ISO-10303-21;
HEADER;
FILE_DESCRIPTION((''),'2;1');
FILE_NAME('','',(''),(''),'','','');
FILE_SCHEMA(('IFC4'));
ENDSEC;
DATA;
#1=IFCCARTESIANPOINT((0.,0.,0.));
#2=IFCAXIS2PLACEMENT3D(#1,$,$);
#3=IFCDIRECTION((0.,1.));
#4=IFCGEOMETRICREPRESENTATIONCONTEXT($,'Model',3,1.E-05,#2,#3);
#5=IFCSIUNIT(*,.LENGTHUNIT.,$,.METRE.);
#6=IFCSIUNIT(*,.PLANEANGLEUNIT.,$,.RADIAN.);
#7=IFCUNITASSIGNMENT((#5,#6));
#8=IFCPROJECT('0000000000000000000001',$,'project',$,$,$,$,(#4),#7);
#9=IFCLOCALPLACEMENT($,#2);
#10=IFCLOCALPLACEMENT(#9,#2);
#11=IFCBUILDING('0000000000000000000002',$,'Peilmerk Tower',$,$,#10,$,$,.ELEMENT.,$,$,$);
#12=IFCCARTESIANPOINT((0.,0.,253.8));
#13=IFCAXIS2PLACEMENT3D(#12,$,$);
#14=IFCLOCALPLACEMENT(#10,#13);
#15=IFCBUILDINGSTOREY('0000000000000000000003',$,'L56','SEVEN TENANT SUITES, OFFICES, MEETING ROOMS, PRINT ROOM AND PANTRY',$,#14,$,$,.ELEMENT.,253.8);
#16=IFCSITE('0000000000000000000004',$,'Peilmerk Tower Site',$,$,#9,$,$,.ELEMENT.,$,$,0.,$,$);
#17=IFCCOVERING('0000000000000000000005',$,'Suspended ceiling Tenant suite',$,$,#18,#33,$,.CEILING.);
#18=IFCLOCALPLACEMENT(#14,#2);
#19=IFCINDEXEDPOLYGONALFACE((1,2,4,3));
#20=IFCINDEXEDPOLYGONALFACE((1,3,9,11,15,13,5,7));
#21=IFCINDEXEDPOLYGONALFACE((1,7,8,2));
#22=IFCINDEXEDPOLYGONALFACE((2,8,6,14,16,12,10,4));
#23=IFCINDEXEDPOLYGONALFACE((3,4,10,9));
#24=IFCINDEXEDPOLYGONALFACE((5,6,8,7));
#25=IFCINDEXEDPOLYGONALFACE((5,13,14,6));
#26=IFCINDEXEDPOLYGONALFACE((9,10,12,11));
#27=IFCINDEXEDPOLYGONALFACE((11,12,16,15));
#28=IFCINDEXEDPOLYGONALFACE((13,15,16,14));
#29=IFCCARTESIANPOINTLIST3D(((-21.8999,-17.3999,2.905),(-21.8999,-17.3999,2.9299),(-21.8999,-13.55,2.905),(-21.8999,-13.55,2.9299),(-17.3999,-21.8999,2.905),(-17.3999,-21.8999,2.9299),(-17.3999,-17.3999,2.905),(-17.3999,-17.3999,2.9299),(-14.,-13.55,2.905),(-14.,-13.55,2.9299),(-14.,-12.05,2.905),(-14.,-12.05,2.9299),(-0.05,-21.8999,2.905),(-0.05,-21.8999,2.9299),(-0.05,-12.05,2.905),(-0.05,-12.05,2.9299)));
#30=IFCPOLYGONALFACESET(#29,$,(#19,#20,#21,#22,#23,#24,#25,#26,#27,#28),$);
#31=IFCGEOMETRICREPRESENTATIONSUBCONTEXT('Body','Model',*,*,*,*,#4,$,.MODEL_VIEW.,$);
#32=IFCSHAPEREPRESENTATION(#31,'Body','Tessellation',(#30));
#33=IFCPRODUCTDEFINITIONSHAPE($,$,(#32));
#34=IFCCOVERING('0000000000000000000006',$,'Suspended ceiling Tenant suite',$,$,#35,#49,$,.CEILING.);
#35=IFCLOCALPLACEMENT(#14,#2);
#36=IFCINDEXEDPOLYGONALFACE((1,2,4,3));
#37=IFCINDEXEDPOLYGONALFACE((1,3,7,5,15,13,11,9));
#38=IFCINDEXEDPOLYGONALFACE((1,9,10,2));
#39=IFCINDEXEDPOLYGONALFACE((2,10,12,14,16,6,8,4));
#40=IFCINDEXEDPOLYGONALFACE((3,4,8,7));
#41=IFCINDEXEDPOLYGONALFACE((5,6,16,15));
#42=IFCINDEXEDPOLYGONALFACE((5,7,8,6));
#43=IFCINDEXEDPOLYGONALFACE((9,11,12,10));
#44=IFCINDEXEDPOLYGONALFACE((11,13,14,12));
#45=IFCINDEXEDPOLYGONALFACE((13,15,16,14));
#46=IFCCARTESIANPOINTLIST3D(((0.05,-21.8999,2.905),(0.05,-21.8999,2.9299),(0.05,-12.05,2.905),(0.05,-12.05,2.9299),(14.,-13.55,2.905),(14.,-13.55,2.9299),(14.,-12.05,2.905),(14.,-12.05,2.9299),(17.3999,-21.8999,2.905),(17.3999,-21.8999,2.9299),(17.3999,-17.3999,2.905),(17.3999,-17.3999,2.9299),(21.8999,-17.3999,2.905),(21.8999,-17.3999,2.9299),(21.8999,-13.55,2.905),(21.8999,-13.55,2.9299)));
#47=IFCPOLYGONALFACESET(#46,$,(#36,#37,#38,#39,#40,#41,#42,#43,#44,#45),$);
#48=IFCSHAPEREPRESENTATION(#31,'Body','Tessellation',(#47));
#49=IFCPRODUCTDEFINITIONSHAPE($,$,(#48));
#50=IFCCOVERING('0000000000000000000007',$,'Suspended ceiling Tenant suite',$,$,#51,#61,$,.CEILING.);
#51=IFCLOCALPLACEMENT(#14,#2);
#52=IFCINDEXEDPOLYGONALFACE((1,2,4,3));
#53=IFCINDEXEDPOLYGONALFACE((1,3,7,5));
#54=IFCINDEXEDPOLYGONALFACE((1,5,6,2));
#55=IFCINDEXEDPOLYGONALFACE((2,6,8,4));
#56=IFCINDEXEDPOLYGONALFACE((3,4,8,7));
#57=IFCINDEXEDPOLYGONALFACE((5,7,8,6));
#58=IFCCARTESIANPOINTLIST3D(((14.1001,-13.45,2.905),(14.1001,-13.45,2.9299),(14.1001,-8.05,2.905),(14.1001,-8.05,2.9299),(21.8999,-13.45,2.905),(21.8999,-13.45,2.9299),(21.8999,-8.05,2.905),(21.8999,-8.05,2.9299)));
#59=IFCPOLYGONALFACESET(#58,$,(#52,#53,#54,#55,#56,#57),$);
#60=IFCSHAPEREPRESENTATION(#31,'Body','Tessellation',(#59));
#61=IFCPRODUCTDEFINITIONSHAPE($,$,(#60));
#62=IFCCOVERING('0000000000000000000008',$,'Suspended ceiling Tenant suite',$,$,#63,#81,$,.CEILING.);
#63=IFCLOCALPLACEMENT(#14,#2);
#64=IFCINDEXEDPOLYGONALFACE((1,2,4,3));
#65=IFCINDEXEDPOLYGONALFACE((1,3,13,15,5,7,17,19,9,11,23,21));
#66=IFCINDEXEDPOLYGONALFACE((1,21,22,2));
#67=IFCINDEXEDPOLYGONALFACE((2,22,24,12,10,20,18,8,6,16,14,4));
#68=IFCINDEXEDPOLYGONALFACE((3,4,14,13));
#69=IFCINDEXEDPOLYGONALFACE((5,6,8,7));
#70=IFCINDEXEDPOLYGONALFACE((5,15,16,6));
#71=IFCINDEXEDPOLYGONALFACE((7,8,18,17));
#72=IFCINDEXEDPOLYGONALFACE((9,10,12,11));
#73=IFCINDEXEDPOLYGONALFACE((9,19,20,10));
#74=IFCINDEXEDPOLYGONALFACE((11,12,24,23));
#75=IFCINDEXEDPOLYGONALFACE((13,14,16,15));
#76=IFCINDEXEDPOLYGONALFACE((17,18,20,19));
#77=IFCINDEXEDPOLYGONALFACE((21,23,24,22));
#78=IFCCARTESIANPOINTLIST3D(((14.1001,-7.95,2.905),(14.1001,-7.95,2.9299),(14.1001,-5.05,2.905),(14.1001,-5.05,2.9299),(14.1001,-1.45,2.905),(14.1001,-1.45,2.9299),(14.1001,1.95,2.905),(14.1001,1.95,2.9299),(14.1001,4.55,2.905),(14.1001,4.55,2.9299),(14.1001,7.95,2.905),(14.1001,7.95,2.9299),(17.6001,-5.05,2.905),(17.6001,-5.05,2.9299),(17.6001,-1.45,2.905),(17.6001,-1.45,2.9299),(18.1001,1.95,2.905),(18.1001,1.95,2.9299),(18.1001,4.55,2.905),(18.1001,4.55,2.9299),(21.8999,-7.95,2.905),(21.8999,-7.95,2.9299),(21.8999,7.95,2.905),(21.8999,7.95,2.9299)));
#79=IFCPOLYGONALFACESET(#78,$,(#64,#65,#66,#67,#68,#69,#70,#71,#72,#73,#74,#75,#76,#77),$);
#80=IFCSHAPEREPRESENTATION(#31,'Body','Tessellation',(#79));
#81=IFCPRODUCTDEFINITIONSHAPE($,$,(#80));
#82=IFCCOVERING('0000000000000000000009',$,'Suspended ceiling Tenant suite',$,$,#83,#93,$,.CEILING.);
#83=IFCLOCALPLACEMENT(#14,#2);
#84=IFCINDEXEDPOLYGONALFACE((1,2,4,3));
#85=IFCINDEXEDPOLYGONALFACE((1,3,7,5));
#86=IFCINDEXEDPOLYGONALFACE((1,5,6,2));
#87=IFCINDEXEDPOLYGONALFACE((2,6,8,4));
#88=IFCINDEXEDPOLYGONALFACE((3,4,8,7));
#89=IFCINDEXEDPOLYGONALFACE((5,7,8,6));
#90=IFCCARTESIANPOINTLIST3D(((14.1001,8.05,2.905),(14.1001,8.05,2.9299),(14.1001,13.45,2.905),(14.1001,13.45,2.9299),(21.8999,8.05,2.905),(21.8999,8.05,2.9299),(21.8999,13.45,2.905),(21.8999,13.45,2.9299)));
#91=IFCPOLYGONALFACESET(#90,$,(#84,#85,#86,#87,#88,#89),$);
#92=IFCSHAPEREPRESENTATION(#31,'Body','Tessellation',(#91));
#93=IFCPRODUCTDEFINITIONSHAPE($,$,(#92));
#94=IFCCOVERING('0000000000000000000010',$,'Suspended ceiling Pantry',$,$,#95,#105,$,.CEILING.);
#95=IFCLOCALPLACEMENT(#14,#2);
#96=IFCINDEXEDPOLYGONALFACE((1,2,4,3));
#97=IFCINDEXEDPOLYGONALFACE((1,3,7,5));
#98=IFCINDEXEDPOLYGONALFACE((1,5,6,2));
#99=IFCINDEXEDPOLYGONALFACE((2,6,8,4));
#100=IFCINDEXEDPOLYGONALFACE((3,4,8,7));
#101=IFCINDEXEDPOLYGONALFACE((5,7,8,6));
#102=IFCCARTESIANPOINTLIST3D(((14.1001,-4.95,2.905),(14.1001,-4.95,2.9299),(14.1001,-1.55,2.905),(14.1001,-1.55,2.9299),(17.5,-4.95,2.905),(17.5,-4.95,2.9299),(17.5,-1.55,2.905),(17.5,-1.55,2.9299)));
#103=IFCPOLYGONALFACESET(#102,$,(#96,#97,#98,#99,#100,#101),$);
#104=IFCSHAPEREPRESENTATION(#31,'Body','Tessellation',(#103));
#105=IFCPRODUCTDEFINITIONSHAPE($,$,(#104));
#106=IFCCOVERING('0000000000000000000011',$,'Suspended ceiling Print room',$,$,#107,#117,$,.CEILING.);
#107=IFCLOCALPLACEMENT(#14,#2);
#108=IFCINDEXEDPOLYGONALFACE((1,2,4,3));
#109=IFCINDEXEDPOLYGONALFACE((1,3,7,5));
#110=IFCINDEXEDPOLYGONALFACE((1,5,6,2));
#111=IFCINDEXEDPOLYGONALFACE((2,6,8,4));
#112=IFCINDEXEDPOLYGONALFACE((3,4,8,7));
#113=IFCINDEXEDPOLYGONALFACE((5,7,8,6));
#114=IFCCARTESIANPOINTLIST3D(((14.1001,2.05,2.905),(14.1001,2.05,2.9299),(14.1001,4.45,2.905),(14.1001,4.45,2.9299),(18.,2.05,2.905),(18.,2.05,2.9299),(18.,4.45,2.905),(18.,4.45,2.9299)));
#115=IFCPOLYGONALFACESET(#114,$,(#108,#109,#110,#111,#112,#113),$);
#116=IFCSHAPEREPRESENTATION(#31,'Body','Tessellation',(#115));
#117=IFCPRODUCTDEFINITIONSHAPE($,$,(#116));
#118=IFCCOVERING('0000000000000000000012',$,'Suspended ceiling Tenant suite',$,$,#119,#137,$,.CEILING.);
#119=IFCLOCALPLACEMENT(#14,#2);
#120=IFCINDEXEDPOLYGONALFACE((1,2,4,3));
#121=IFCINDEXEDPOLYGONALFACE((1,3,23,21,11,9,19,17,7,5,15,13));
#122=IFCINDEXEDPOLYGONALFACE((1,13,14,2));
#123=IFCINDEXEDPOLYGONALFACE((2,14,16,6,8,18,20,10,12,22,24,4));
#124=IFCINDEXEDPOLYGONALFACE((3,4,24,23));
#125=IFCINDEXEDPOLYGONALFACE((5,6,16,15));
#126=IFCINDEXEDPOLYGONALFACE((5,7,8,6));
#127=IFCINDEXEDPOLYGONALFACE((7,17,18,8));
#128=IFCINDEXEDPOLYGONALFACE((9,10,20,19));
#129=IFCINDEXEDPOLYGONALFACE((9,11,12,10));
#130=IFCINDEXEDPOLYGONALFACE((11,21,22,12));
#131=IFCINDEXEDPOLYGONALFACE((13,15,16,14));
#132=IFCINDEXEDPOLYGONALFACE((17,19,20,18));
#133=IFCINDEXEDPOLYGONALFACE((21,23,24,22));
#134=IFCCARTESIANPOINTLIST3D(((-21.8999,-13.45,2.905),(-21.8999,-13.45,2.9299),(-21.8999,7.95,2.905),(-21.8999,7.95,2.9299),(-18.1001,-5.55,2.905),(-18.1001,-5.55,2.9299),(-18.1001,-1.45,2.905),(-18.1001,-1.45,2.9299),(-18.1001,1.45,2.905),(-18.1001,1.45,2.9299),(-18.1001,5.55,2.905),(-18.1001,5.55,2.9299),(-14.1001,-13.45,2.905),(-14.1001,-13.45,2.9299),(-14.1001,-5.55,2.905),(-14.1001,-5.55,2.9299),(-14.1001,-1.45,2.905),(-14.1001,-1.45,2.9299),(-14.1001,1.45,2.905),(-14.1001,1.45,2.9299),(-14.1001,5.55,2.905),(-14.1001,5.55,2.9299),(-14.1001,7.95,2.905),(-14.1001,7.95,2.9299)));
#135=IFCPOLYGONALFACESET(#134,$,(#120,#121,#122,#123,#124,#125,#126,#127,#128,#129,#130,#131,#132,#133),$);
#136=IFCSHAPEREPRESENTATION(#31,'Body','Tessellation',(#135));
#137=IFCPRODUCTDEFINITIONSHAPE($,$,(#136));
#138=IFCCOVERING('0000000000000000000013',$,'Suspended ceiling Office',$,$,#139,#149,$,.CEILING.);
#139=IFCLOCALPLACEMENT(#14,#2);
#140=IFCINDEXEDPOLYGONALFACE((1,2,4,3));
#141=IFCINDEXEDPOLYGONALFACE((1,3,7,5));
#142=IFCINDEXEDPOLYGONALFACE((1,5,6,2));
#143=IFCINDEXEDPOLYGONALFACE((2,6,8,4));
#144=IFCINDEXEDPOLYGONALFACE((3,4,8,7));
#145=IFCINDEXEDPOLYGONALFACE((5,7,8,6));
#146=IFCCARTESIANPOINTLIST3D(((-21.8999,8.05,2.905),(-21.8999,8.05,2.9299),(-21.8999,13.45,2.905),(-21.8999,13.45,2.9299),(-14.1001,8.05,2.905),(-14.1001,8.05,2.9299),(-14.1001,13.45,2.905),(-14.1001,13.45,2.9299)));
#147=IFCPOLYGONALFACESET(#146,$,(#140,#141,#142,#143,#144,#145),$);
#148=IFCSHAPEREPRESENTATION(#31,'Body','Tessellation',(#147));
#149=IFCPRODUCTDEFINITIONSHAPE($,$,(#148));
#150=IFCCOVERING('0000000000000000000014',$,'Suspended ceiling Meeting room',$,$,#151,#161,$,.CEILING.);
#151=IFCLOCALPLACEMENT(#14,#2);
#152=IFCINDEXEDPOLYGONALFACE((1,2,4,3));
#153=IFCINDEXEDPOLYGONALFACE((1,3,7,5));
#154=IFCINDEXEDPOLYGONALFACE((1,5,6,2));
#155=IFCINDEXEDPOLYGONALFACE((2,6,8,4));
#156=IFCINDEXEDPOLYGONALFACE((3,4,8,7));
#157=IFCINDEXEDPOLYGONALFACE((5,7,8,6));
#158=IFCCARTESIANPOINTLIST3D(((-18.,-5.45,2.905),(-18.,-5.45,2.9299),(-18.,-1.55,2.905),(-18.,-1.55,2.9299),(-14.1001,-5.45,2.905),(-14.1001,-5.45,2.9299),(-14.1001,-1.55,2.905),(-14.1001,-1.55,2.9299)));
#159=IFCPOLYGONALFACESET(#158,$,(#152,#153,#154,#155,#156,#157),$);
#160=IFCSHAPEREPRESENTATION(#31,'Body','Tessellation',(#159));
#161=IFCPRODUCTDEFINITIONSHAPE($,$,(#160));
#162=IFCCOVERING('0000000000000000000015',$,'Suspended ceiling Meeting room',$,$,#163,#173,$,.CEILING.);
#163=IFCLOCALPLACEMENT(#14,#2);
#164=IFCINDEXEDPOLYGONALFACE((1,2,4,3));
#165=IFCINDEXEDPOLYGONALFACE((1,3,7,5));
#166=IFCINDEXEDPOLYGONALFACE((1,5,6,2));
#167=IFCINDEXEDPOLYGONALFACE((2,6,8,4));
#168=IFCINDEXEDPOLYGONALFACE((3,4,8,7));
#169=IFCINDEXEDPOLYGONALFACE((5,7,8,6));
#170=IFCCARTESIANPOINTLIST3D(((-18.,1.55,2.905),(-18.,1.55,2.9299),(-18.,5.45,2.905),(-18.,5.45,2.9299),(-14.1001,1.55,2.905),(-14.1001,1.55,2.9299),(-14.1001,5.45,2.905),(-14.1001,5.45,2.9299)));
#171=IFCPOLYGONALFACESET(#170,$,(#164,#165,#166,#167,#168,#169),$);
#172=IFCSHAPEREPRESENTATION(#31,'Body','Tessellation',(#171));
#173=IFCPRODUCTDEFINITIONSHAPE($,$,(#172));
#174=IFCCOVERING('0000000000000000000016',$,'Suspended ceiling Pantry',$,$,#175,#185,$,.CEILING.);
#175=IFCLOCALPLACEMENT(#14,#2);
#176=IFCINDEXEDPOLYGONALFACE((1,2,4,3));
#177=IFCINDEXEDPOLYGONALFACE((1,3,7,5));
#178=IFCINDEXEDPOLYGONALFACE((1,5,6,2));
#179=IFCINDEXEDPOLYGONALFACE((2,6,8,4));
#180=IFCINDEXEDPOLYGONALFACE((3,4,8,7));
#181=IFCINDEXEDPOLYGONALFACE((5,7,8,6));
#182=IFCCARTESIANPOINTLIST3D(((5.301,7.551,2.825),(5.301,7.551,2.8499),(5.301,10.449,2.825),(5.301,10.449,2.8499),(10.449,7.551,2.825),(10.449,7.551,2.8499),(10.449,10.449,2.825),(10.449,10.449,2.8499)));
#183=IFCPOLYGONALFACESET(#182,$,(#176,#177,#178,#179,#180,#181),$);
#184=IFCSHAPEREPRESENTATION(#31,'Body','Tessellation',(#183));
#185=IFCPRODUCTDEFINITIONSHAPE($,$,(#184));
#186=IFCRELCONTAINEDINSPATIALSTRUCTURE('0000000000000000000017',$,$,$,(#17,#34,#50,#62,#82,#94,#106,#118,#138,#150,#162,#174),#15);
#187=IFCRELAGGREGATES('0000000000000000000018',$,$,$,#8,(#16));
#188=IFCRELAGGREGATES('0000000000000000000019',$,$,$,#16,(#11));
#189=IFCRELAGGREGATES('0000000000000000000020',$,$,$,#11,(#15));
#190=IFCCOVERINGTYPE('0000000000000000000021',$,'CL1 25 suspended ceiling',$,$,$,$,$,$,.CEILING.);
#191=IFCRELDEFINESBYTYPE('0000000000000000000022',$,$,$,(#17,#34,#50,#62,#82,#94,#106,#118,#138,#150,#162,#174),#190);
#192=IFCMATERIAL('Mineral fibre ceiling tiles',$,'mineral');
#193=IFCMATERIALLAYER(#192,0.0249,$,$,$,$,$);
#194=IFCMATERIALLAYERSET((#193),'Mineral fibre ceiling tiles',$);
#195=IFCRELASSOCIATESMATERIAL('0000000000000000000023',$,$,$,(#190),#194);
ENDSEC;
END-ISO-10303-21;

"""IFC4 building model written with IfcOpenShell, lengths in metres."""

from ifc_helpers import new_model, si_unit, direction, frame, origin, place, context, subcontext, project, spatial, polyline, outline, extrude, material, layer, layer_set, type_object, element, save


model = new_model("IFC4")

# Units and contexts
model_context = context("Model", 3, precision=1e-05, world=origin(), true_north=direction((0.0, 1.0)))
body_context = subcontext(model_context, "Body", "Model", "MODEL_VIEW")
ifc_project = project(units=[si_unit("LENGTHUNIT", "METRE"), si_unit("PLANEANGLEUNIT", "RADIAN")], contexts=[model_context])

# Site, building, storey
site_placement = place(None, origin())
site = spatial("IfcSite", under=ifc_project, at=site_placement, Name="Peilmerk Tower Site", CompositionType="ELEMENT", RefElevation=0.0)
building_placement = place(site_placement, origin())
building = spatial("IfcBuilding", under=site, at=building_placement, Name="Peilmerk Tower", CompositionType="ELEMENT")
storey_placement = place(building_placement, frame((0.0, 0.0, 253.8)))
storey = spatial("IfcBuildingStorey", under=building, at=storey_placement, Name="L56", Description="SEVEN TENANT SUITES, OFFICES, MEETING ROOMS, PRINT ROOM AND PANTRY", CompositionType="ELEMENT", Elevation=253.8)

# Coverings
ifc_material_1 = material(Name="Mineral fibre ceiling tiles", Category="mineral")
ifc_layer_1 = layer(ifc_material_1, 0.0249)
ifc_layer_set_1 = layer_set([ifc_layer_1], Name="Mineral fibre ceiling tiles")
covering_type = type_object("IfcCoveringType", Name="CL1 25 suspended ceiling", PredefinedType="CEILING", material=ifc_layer_set_1)
covering_1_placement = place(storey_placement, frame((0.0, 0.0, 2.905)))
element("IfcCovering", 1, at=covering_1_placement, inside=storey, type_object=covering_type, Name="Suspended ceiling Tenant suite", PredefinedType="CEILING", context=body_context, shape_type="SweptSolid", body=[
    extrude(outline(polyline([(-17.3999, -21.8999), (-0.05, -21.8999), (-0.05, -12.05), (-14.0, -12.05), (-14.0, -13.55), (-21.8999, -13.55), (-21.8999, -17.3999), (-17.3999, -17.3999), (-17.3999, -21.8999)])), origin(), (0.0, 0.0, 1.0), 0.0249),
])
covering_2_placement = place(storey_placement, frame((0.0, 0.0, 2.905)))
element("IfcCovering", 2, at=covering_2_placement, inside=storey, type_object=covering_type, Name="Suspended ceiling Tenant suite", PredefinedType="CEILING", context=body_context, shape_type="SweptSolid", body=[
    extrude(outline(polyline([(0.05, -21.8999), (17.3999, -21.8999), (17.3999, -17.3999), (21.8999, -17.3999), (21.8999, -13.55), (14.0, -13.55), (14.0, -12.05), (0.05, -12.05), (0.05, -21.8999)])), origin(), (0.0, 0.0, 1.0), 0.0249),
])
covering_3_placement = place(storey_placement, frame((0.0, 0.0, 2.905)))
element("IfcCovering", 3, at=covering_3_placement, inside=storey, type_object=covering_type, Name="Suspended ceiling Tenant suite", PredefinedType="CEILING", context=body_context, shape_type="SweptSolid", body=[
    extrude(outline(polyline([(21.8999, -13.45), (21.8999, -8.05), (14.1001, -8.05), (14.1001, -13.45), (21.8999, -13.45)])), origin(), (0.0, 0.0, 1.0), 0.0249),
])
covering_4_placement = place(storey_placement, frame((0.0, 0.0, 2.905)))
element("IfcCovering", 4, at=covering_4_placement, inside=storey, type_object=covering_type, Name="Suspended ceiling Tenant suite", PredefinedType="CEILING", context=body_context, shape_type="SweptSolid", body=[
    extrude(outline(polyline([(14.1001, -7.95), (21.8999, -7.95), (21.8999, 7.95), (14.1001, 7.95), (14.1001, 4.55), (18.1001, 4.55), (18.1001, 1.95), (14.1001, 1.95), (14.1001, -1.45), (17.6001, -1.45), (17.6001, -5.05), (14.1001, -5.05), (14.1001, -7.95)])), origin(), (0.0, 0.0, 1.0), 0.0249),
])
covering_5_placement = place(storey_placement, frame((0.0, 0.0, 2.905)))
element("IfcCovering", 5, at=covering_5_placement, inside=storey, type_object=covering_type, Name="Suspended ceiling Tenant suite", PredefinedType="CEILING", context=body_context, shape_type="SweptSolid", body=[
    extrude(outline(polyline([(21.8999, 8.05), (21.8999, 13.45), (14.1001, 13.45), (14.1001, 8.05), (21.8999, 8.05)])), origin(), (0.0, 0.0, 1.0), 0.0249),
])
covering_6_placement = place(storey_placement, frame((0.0, 0.0, 2.905)))
element("IfcCovering", 6, at=covering_6_placement, inside=storey, type_object=covering_type, Name="Suspended ceiling Pantry", PredefinedType="CEILING", context=body_context, shape_type="SweptSolid", body=[
    extrude(outline(polyline([(17.5, -4.95), (17.5, -1.55), (14.1001, -1.55), (14.1001, -4.95), (17.5, -4.95)])), origin(), (0.0, 0.0, 1.0), 0.0249),
])
covering_7_placement = place(storey_placement, frame((0.0, 0.0, 2.905)))
element("IfcCovering", 7, at=covering_7_placement, inside=storey, type_object=covering_type, Name="Suspended ceiling Print room", PredefinedType="CEILING", context=body_context, shape_type="SweptSolid", body=[
    extrude(outline(polyline([(18.0, 2.05), (18.0, 4.45), (14.1001, 4.45), (14.1001, 2.05), (18.0, 2.05)])), origin(), (0.0, 0.0, 1.0), 0.0249),
])
covering_8_placement = place(storey_placement, frame((0.0, 0.0, 2.905)))
element("IfcCovering", 8, at=covering_8_placement, inside=storey, type_object=covering_type, Name="Suspended ceiling Tenant suite", PredefinedType="CEILING", context=body_context, shape_type="SweptSolid", body=[
    extrude(outline(polyline([(-14.1001, 7.95), (-21.8999, 7.95), (-21.8999, -13.45), (-14.1001, -13.45), (-14.1001, -5.55), (-18.1001, -5.55), (-18.1001, -1.45), (-14.1001, -1.45), (-14.1001, 1.45), (-18.1001, 1.45), (-18.1001, 5.55), (-14.1001, 5.55), (-14.1001, 7.95)])), origin(), (0.0, 0.0, 1.0), 0.0249),
])
covering_9_placement = place(storey_placement, frame((0.0, 0.0, 2.905)))
element("IfcCovering", 9, at=covering_9_placement, inside=storey, type_object=covering_type, Name="Suspended ceiling Office", PredefinedType="CEILING", context=body_context, shape_type="SweptSolid", body=[
    extrude(outline(polyline([(-21.8999, 13.45), (-21.8999, 8.05), (-14.1001, 8.05), (-14.1001, 13.45), (-21.8999, 13.45)])), origin(), (0.0, 0.0, 1.0), 0.0249),
])
covering_10_placement = place(storey_placement, frame((0.0, 0.0, 2.905)))
element("IfcCovering", 10, at=covering_10_placement, inside=storey, type_object=covering_type, Name="Suspended ceiling Meeting room", PredefinedType="CEILING", context=body_context, shape_type="SweptSolid", body=[
    extrude(outline(polyline([(-14.1001, -5.45), (-14.1001, -1.55), (-18.0, -1.55), (-18.0, -5.45), (-14.1001, -5.45)])), origin(), (0.0, 0.0, 1.0), 0.0249),
])
covering_11_placement = place(storey_placement, frame((0.0, 0.0, 2.905)))
element("IfcCovering", 11, at=covering_11_placement, inside=storey, type_object=covering_type, Name="Suspended ceiling Meeting room", PredefinedType="CEILING", context=body_context, shape_type="SweptSolid", body=[
    extrude(outline(polyline([(-14.1001, 1.55), (-14.1001, 5.45), (-18.0, 5.45), (-18.0, 1.55), (-14.1001, 1.55)])), origin(), (0.0, 0.0, 1.0), 0.0249),
])
covering_12_placement = place(storey_placement, frame((0.0, 0.0, 2.825)))
element("IfcCovering", 12, at=covering_12_placement, inside=storey, type_object=covering_type, Name="Suspended ceiling Pantry", PredefinedType="CEILING", context=body_context, shape_type="SweptSolid", body=[
    extrude(outline(polyline([(10.449, 7.551), (10.449, 10.449), (5.301, 10.449), (5.301, 7.551), (10.449, 7.551)])), origin(), (0.0, 0.0, 1.0), 0.0249),
])

save(model, "model.ifc")
